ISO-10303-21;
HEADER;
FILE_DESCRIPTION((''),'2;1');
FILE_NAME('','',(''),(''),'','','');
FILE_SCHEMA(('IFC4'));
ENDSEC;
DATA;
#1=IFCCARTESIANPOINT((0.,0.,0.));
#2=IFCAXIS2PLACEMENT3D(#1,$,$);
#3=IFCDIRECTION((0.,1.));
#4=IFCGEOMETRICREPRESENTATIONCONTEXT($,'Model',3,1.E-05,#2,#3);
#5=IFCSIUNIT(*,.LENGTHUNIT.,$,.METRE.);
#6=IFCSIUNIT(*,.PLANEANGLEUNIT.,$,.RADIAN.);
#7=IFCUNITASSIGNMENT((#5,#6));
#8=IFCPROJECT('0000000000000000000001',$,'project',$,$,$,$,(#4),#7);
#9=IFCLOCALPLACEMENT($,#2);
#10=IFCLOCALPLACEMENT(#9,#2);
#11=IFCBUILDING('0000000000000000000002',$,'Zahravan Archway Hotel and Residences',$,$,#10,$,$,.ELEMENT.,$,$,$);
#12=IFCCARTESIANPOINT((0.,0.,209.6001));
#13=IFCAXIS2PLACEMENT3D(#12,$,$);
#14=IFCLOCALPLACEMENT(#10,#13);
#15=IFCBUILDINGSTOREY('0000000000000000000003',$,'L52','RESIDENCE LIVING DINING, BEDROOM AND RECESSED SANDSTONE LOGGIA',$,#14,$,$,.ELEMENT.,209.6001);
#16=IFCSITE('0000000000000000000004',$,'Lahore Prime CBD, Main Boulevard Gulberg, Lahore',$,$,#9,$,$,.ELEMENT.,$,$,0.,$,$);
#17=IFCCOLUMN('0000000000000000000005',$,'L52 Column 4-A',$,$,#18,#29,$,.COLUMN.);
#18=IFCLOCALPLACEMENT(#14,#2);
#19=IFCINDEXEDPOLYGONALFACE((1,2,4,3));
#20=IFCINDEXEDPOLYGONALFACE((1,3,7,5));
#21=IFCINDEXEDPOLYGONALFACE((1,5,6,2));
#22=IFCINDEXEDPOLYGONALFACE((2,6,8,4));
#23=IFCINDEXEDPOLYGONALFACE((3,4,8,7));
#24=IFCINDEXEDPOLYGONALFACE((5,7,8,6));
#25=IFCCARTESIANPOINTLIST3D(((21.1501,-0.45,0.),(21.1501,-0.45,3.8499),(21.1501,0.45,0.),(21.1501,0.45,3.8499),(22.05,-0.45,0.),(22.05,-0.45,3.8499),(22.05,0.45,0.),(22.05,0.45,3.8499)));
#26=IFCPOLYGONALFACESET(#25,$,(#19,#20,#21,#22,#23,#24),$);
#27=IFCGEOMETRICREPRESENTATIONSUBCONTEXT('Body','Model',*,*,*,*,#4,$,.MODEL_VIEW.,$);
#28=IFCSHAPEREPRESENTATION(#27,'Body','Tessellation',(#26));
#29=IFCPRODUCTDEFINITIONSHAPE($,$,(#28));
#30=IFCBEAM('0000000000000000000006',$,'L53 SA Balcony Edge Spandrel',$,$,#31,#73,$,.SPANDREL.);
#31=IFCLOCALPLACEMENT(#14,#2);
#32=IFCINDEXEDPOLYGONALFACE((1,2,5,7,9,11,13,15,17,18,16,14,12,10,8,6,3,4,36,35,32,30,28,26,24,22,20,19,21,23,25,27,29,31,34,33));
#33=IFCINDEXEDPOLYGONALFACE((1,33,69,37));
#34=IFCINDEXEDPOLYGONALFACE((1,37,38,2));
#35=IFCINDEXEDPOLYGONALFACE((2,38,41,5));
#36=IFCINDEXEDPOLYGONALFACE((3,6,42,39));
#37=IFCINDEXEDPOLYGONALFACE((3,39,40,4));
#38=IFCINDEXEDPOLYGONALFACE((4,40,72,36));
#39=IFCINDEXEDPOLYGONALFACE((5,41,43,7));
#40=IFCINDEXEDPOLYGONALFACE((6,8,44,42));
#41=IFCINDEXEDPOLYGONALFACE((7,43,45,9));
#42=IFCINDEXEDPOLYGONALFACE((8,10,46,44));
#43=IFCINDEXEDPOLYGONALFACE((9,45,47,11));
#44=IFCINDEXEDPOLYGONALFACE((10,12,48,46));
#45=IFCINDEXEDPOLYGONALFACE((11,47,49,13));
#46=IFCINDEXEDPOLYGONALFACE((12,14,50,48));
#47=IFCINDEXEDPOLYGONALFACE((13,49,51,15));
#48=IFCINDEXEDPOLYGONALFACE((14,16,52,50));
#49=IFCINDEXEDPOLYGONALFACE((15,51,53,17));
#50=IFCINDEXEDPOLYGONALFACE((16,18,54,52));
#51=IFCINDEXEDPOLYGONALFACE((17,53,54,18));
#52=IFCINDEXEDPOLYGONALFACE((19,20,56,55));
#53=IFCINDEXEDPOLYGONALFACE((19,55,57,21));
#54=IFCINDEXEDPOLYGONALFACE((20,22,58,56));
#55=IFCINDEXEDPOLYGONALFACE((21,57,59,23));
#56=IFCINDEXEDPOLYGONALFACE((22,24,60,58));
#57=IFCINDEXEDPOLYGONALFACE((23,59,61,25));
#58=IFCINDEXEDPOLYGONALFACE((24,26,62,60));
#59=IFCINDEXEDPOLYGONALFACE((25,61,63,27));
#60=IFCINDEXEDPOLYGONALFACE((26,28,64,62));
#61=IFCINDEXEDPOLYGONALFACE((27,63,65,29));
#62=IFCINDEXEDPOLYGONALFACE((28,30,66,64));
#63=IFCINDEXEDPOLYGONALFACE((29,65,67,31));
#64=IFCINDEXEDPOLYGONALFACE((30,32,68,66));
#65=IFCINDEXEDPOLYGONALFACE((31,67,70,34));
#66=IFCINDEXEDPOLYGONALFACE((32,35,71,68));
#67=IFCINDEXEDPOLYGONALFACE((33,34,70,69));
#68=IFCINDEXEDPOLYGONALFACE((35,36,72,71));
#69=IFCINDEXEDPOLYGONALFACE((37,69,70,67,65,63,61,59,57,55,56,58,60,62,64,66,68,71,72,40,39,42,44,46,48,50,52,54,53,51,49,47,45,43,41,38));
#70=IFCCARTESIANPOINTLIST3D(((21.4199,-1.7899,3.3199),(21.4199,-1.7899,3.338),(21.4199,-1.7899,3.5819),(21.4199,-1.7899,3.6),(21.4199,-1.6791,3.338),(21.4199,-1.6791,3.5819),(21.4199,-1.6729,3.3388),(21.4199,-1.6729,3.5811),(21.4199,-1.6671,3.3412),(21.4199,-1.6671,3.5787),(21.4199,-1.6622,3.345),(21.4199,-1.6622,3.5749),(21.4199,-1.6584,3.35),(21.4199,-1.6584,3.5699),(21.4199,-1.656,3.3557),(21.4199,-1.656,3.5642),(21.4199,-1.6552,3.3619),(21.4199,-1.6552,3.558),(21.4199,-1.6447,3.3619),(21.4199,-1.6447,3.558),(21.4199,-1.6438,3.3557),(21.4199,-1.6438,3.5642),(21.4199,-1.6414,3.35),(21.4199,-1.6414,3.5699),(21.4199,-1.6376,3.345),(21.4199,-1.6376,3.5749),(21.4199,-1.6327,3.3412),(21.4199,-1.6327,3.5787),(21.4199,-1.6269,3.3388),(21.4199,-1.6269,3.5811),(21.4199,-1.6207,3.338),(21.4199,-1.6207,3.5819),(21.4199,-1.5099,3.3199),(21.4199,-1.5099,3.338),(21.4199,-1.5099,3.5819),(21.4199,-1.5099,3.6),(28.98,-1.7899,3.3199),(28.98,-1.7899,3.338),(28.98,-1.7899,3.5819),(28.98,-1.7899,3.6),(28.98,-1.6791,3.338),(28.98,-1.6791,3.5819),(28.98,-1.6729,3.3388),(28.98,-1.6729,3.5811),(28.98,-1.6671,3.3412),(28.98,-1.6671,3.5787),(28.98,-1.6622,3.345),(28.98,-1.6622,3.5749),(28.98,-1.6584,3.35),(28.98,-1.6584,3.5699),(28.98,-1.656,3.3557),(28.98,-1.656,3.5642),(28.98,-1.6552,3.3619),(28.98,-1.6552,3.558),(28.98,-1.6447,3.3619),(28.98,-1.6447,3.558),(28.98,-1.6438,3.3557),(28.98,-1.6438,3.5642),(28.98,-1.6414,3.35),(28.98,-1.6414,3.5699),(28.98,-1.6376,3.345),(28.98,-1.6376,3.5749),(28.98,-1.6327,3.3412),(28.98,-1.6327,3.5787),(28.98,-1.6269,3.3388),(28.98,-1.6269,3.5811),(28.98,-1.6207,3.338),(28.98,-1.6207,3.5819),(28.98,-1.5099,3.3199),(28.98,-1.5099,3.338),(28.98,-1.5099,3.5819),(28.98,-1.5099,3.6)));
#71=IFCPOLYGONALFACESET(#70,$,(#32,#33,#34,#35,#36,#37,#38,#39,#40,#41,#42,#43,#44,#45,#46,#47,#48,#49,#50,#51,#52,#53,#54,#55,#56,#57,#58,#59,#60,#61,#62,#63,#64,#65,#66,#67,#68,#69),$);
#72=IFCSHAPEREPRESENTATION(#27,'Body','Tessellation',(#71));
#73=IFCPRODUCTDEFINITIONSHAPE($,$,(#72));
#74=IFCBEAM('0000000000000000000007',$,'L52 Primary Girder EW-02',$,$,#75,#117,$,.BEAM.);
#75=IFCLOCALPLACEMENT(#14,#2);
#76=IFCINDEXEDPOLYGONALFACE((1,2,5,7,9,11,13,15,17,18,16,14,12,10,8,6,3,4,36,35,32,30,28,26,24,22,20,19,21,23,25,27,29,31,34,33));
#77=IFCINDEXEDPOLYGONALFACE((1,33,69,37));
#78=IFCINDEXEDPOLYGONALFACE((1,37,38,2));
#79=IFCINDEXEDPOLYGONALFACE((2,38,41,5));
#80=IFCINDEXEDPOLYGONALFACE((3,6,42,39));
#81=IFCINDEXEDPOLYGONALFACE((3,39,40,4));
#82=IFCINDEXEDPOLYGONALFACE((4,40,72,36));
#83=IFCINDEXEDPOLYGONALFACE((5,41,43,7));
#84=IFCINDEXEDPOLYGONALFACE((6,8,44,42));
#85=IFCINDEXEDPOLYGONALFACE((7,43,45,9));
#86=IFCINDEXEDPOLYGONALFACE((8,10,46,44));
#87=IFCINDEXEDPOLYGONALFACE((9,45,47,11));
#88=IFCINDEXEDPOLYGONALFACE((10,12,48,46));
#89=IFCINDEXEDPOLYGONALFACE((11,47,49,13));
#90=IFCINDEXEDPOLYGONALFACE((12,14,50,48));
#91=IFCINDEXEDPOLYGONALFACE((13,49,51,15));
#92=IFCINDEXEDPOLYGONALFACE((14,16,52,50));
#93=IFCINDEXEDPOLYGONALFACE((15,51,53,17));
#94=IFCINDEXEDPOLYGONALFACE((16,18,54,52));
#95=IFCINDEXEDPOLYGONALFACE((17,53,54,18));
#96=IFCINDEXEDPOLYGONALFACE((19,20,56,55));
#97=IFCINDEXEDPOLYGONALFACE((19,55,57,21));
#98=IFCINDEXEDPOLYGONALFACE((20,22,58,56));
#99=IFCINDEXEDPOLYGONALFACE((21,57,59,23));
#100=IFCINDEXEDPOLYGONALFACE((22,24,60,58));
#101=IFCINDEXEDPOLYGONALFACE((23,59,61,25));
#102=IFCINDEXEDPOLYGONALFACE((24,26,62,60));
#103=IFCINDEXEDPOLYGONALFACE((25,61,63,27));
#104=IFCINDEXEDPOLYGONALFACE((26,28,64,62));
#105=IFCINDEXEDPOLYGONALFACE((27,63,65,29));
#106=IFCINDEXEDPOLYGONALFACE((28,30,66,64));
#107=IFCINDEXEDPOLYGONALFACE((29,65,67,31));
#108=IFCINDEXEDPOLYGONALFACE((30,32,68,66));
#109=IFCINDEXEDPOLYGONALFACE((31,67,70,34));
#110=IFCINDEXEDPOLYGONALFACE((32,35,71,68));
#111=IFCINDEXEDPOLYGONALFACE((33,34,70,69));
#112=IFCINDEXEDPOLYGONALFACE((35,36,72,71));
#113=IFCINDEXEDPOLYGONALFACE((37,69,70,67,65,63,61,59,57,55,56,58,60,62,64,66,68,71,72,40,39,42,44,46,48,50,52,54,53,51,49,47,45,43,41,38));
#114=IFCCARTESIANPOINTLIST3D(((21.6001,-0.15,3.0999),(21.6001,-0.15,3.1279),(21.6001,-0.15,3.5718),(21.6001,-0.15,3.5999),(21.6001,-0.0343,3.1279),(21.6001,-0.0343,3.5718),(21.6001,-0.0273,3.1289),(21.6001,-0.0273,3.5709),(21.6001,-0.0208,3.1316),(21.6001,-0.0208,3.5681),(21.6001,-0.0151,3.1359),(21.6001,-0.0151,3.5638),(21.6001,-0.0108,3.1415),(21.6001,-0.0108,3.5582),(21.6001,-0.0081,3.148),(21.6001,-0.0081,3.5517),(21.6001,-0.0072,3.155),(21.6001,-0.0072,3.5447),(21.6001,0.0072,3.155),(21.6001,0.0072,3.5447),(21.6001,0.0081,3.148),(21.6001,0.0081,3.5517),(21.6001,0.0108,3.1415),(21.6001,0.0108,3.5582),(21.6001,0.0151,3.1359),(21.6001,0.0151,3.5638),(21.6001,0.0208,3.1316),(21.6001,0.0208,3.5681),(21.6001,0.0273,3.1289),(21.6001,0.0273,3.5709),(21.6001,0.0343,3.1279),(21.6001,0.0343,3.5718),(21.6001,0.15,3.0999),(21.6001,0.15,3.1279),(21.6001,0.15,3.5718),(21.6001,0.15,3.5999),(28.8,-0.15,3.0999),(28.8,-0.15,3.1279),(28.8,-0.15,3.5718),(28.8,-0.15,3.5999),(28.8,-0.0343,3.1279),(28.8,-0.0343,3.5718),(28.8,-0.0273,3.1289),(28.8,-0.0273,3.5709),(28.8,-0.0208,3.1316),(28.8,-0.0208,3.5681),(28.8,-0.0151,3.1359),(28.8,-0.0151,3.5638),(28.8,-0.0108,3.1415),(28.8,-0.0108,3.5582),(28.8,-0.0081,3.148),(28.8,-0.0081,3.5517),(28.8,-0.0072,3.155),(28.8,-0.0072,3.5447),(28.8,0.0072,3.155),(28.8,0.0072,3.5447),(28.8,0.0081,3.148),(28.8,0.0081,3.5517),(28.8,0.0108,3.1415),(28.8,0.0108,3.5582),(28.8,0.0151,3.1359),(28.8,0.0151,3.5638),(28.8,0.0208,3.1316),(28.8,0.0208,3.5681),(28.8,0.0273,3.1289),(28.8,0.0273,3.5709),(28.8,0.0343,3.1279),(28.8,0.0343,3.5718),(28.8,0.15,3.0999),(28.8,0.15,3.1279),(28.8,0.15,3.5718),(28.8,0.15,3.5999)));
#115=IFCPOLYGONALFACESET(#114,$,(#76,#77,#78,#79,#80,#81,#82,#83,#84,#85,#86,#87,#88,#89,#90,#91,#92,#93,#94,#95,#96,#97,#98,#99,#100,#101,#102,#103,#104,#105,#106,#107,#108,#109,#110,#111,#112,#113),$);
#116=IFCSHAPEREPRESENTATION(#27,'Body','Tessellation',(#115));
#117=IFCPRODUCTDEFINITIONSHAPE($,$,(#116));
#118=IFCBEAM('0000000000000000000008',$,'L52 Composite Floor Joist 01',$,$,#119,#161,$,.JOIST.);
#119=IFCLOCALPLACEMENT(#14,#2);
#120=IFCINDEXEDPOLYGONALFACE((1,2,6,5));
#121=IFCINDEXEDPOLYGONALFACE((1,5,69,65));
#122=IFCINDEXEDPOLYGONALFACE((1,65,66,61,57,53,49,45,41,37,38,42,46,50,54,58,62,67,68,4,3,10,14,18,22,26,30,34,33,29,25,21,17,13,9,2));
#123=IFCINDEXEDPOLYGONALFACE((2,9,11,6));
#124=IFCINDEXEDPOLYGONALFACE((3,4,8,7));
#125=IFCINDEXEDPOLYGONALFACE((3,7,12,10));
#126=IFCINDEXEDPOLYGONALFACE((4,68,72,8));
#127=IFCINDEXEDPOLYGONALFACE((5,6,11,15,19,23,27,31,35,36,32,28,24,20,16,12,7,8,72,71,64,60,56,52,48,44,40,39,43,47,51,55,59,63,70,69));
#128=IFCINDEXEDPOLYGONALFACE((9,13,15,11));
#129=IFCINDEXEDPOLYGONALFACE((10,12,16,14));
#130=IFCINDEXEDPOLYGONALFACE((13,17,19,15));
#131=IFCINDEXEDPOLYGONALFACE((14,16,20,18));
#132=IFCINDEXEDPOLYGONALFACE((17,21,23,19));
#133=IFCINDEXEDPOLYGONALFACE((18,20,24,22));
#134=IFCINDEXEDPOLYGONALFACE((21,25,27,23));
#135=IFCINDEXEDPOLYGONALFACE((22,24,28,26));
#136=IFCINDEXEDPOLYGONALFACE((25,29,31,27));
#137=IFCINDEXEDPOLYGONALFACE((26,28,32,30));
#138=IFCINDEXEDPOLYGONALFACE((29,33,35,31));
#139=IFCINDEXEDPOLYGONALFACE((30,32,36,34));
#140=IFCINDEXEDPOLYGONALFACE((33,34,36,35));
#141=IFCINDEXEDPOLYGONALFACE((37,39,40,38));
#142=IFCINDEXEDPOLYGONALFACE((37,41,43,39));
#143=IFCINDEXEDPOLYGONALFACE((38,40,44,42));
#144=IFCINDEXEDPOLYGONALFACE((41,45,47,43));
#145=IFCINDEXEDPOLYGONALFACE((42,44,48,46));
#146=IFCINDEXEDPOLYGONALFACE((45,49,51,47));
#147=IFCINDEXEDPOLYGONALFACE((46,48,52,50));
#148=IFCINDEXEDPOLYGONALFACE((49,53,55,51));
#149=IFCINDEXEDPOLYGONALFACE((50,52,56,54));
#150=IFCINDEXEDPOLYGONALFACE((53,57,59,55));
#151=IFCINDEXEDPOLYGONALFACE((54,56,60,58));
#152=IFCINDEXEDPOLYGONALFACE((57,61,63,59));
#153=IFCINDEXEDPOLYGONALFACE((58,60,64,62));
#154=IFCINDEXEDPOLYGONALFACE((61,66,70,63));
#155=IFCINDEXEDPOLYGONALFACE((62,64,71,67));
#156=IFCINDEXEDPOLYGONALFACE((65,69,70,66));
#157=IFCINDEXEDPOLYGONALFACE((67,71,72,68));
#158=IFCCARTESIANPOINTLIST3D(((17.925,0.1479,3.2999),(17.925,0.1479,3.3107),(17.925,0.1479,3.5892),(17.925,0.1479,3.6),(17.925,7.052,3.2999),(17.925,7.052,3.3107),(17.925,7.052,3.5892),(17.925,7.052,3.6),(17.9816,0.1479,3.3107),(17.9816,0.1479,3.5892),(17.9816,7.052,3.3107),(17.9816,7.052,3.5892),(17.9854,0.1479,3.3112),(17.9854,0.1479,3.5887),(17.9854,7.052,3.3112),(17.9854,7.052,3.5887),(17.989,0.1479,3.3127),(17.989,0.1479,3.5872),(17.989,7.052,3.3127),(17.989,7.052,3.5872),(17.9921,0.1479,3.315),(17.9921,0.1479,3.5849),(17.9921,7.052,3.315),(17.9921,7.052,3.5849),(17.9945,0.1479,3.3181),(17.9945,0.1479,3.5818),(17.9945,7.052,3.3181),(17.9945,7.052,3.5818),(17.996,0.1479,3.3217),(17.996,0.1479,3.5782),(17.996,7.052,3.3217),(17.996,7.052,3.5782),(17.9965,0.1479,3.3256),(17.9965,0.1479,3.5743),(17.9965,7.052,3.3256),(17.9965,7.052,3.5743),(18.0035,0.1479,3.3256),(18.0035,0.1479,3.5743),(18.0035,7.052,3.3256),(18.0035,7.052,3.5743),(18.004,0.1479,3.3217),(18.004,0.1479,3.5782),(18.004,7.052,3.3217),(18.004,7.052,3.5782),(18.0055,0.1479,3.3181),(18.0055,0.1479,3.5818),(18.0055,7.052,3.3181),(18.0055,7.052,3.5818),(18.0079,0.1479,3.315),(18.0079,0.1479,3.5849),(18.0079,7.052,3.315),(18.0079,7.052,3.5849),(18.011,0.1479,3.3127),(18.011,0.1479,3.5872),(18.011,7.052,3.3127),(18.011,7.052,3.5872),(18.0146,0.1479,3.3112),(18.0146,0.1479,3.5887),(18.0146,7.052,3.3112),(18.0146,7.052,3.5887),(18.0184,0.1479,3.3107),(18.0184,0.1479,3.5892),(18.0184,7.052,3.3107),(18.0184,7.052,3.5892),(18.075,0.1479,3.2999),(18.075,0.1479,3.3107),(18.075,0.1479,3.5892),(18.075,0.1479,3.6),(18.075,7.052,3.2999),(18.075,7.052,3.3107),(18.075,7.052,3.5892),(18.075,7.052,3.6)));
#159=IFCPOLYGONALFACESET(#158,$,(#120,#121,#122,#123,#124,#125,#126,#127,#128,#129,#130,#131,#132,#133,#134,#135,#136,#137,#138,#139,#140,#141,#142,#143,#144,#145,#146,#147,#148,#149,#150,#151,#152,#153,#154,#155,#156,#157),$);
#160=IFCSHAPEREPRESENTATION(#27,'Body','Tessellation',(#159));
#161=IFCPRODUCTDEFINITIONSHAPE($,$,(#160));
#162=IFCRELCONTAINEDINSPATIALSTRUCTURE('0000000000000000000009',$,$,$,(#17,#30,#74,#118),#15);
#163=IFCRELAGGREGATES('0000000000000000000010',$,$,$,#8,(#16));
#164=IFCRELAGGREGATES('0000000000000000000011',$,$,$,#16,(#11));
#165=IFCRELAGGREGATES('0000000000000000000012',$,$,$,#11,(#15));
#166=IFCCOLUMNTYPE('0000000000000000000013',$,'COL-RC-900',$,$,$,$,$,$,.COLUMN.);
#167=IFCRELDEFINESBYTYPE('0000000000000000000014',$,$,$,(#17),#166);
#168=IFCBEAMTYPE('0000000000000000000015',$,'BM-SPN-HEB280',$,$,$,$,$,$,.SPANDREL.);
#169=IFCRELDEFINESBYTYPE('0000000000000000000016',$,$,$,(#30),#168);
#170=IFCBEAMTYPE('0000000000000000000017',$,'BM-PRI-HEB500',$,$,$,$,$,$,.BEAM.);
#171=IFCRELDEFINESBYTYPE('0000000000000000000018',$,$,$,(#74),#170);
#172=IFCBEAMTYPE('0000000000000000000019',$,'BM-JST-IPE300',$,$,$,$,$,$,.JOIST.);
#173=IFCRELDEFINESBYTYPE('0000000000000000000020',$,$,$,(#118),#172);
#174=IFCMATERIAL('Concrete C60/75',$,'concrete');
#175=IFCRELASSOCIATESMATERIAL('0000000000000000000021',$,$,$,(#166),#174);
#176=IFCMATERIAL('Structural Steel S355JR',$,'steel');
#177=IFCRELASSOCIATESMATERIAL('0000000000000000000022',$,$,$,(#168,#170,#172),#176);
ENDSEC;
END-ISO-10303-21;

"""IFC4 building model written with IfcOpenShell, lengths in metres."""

from ifc_helpers import new_model, si_unit, direction, frame, origin, origin_2d, place, context, subcontext, project, spatial, rectangle, i_section, extrude, source, transform, mapped, material, material_profile, profile_set, type_object, type_shapes, element, save


model = new_model("IFC4")

# Units and contexts
model_context = context("Model", 3, precision=1e-05, world=origin(), true_north=direction((0.0, 1.0)))
body_context = subcontext(model_context, "Body", "Model", "MODEL_VIEW")
ifc_project = project(units=[si_unit("LENGTHUNIT", "METRE"), si_unit("PLANEANGLEUNIT", "RADIAN")], contexts=[model_context])

# Site, building, storey
site_placement = place(None, origin())
site = spatial("IfcSite", under=ifc_project, at=site_placement, Name="Lahore Prime CBD, Main Boulevard Gulberg, Lahore", CompositionType="ELEMENT", RefElevation=0.0)
building_placement = place(site_placement, origin())
building = spatial("IfcBuilding", under=site, at=building_placement, Name="Zahravan Archway Hotel and Residences", CompositionType="ELEMENT")
storey_placement = place(building_placement, frame((0.0, 0.0, 209.6001)))
storey = spatial("IfcBuildingStorey", under=building, at=storey_placement, Name="L52", Description="RESIDENCE LIVING DINING, BEDROOM AND RECESSED SANDSTONE LOGGIA", CompositionType="ELEMENT", Elevation=209.6001)

# Column
ifc_material_1 = material(Name="Concrete C60/75", Category="concrete")
ifc_material_profile_1 = material_profile(ifc_material_1, rectangle(XDim=0.8999, YDim=0.8999, at=origin_2d()), Name="RC-COL-900x900", Category="concrete")
ifc_profile_set_1 = profile_set([ifc_material_profile_1], Name="Concrete C60/75")
column_type = type_object("IfcColumnType", Name="COL-RC-900", PredefinedType="COLUMN", material=ifc_profile_set_1)
shared_shape_1 = source(origin(), body_context, "Body", "SweptSolid", [
    extrude(rectangle(XDim=0.8999, YDim=0.8999, at=origin_2d()), origin(), (0.0, 0.0, 1.0), 3.8499),
])
column_placement = place(storey_placement, frame((21.6001, 0.0, 0.0), z_axis=(0.0, 0.0, 1.0), x_axis=(1.0, 0.0, 0.0)))
element("IfcColumn", 1, at=column_placement, inside=storey, type_object=column_type, Name="L52 Column 4-A", PredefinedType="COLUMN", context=body_context, shape_type="MappedRepresentation", body=[
    mapped(shared_shape_1, transform((0.0, 0.0, 0.0), scale=1.0)),
])

# Beams
ifc_material_2 = material(Name="Structural Steel S355JR", Category="steel")
ifc_material_profile_2 = material_profile(ifc_material_2, i_section(OverallWidth=0.28, OverallDepth=0.28, WebThickness=0.0105, FlangeThickness=0.0181, FilletRadius=0.0239, at=origin_2d()), Name="HEB 280", Category="steel")
ifc_profile_set_2 = profile_set([ifc_material_profile_2], Name="Structural Steel S355JR")
beam_type_1 = type_object("IfcBeamType", Name="BM-SPN-HEB280", PredefinedType="SPANDREL", material=ifc_profile_set_2)
shared_shape_2 = source(origin(), body_context, "Body", "SweptSolid", [
    extrude(i_section(OverallWidth=0.28, OverallDepth=0.28, WebThickness=0.0105, FlangeThickness=0.0181, FilletRadius=0.0239, at=origin_2d()), origin(), (0.0, 0.0, 1.0), 7.5601),
])
type_shapes(beam_type_1, [shared_shape_2])
beam_1_placement = place(storey_placement, frame((21.4199, -1.6499, 3.46), z_axis=(1.0, 0.0, 0.0), x_axis=(0.0, 1.0, 0.0)))
element("IfcBeam", 2, at=beam_1_placement, inside=storey, type_object=beam_type_1, Name="L53 SA Balcony Edge Spandrel", PredefinedType="SPANDREL", context=body_context, shape_type="MappedRepresentation", body=[
    mapped(shared_shape_2, transform((0.0, 0.0, 0.0), scale=1.0)),
])
ifc_material_profile_3 = material_profile(ifc_material_2, i_section(OverallWidth=0.3, OverallDepth=0.5, WebThickness=0.0144, FlangeThickness=0.0281, FilletRadius=0.0271, at=origin_2d()), Name="HEB 500", Category="steel")
ifc_profile_set_3 = profile_set([ifc_material_profile_3], Name="Structural Steel S355JR")
beam_type_2 = type_object("IfcBeamType", Name="BM-PRI-HEB500", PredefinedType="BEAM", material=ifc_profile_set_3)
shared_shape_3 = source(origin(), body_context, "Body", "SweptSolid", [
    extrude(i_section(OverallWidth=0.3, OverallDepth=0.5, WebThickness=0.0144, FlangeThickness=0.0281, FilletRadius=0.0271, at=origin_2d()), origin(), (0.0, 0.0, 1.0), 7.2),
])
beam_2_placement = place(storey_placement, frame((21.6001, 0.0, 3.3499), z_axis=(1.0, 0.0, 0.0), x_axis=(0.0, 1.0, 0.0)))
element("IfcBeam", 3, at=beam_2_placement, inside=storey, type_object=beam_type_2, Name="L52 Primary Girder EW-02", PredefinedType="BEAM", context=body_context, shape_type="MappedRepresentation", body=[
    mapped(shared_shape_3, transform((0.0, 0.0, 0.0), scale=1.0)),
])
ifc_material_profile_4 = material_profile(ifc_material_2, i_section(OverallWidth=0.1499, OverallDepth=0.3, WebThickness=0.0071, FlangeThickness=0.0107, FilletRadius=0.0149, at=origin_2d()), Name="IPE 300", Category="steel")
ifc_profile_set_4 = profile_set([ifc_material_profile_4], Name="Structural Steel S355JR")
beam_type_3 = type_object("IfcBeamType", Name="BM-JST-IPE300", PredefinedType="JOIST", material=ifc_profile_set_4)
shared_shape_4 = source(origin(), body_context, "Body", "SweptSolid", [
    extrude(i_section(OverallWidth=0.1499, OverallDepth=0.3, WebThickness=0.0071, FlangeThickness=0.0107, FilletRadius=0.0149, at=origin_2d()), origin(), (0.0, 0.0, 1.0), 6.9041),
])
type_shapes(beam_type_3, [shared_shape_4])
beam_3_placement = place(storey_placement, frame((18.0, 0.1479, 3.45), z_axis=(0.0, 1.0, 0.0), x_axis=(-1.0, 0.0, 0.0)))
element("IfcBeam", 4, at=beam_3_placement, inside=storey, type_object=beam_type_3, Name="L52 Composite Floor Joist 01", PredefinedType="JOIST", context=body_context, shape_type="MappedRepresentation", body=[
    mapped(shared_shape_4, transform((0.0, 0.0, 0.0), scale=1.0)),
])

save(model, "model.ifc")
